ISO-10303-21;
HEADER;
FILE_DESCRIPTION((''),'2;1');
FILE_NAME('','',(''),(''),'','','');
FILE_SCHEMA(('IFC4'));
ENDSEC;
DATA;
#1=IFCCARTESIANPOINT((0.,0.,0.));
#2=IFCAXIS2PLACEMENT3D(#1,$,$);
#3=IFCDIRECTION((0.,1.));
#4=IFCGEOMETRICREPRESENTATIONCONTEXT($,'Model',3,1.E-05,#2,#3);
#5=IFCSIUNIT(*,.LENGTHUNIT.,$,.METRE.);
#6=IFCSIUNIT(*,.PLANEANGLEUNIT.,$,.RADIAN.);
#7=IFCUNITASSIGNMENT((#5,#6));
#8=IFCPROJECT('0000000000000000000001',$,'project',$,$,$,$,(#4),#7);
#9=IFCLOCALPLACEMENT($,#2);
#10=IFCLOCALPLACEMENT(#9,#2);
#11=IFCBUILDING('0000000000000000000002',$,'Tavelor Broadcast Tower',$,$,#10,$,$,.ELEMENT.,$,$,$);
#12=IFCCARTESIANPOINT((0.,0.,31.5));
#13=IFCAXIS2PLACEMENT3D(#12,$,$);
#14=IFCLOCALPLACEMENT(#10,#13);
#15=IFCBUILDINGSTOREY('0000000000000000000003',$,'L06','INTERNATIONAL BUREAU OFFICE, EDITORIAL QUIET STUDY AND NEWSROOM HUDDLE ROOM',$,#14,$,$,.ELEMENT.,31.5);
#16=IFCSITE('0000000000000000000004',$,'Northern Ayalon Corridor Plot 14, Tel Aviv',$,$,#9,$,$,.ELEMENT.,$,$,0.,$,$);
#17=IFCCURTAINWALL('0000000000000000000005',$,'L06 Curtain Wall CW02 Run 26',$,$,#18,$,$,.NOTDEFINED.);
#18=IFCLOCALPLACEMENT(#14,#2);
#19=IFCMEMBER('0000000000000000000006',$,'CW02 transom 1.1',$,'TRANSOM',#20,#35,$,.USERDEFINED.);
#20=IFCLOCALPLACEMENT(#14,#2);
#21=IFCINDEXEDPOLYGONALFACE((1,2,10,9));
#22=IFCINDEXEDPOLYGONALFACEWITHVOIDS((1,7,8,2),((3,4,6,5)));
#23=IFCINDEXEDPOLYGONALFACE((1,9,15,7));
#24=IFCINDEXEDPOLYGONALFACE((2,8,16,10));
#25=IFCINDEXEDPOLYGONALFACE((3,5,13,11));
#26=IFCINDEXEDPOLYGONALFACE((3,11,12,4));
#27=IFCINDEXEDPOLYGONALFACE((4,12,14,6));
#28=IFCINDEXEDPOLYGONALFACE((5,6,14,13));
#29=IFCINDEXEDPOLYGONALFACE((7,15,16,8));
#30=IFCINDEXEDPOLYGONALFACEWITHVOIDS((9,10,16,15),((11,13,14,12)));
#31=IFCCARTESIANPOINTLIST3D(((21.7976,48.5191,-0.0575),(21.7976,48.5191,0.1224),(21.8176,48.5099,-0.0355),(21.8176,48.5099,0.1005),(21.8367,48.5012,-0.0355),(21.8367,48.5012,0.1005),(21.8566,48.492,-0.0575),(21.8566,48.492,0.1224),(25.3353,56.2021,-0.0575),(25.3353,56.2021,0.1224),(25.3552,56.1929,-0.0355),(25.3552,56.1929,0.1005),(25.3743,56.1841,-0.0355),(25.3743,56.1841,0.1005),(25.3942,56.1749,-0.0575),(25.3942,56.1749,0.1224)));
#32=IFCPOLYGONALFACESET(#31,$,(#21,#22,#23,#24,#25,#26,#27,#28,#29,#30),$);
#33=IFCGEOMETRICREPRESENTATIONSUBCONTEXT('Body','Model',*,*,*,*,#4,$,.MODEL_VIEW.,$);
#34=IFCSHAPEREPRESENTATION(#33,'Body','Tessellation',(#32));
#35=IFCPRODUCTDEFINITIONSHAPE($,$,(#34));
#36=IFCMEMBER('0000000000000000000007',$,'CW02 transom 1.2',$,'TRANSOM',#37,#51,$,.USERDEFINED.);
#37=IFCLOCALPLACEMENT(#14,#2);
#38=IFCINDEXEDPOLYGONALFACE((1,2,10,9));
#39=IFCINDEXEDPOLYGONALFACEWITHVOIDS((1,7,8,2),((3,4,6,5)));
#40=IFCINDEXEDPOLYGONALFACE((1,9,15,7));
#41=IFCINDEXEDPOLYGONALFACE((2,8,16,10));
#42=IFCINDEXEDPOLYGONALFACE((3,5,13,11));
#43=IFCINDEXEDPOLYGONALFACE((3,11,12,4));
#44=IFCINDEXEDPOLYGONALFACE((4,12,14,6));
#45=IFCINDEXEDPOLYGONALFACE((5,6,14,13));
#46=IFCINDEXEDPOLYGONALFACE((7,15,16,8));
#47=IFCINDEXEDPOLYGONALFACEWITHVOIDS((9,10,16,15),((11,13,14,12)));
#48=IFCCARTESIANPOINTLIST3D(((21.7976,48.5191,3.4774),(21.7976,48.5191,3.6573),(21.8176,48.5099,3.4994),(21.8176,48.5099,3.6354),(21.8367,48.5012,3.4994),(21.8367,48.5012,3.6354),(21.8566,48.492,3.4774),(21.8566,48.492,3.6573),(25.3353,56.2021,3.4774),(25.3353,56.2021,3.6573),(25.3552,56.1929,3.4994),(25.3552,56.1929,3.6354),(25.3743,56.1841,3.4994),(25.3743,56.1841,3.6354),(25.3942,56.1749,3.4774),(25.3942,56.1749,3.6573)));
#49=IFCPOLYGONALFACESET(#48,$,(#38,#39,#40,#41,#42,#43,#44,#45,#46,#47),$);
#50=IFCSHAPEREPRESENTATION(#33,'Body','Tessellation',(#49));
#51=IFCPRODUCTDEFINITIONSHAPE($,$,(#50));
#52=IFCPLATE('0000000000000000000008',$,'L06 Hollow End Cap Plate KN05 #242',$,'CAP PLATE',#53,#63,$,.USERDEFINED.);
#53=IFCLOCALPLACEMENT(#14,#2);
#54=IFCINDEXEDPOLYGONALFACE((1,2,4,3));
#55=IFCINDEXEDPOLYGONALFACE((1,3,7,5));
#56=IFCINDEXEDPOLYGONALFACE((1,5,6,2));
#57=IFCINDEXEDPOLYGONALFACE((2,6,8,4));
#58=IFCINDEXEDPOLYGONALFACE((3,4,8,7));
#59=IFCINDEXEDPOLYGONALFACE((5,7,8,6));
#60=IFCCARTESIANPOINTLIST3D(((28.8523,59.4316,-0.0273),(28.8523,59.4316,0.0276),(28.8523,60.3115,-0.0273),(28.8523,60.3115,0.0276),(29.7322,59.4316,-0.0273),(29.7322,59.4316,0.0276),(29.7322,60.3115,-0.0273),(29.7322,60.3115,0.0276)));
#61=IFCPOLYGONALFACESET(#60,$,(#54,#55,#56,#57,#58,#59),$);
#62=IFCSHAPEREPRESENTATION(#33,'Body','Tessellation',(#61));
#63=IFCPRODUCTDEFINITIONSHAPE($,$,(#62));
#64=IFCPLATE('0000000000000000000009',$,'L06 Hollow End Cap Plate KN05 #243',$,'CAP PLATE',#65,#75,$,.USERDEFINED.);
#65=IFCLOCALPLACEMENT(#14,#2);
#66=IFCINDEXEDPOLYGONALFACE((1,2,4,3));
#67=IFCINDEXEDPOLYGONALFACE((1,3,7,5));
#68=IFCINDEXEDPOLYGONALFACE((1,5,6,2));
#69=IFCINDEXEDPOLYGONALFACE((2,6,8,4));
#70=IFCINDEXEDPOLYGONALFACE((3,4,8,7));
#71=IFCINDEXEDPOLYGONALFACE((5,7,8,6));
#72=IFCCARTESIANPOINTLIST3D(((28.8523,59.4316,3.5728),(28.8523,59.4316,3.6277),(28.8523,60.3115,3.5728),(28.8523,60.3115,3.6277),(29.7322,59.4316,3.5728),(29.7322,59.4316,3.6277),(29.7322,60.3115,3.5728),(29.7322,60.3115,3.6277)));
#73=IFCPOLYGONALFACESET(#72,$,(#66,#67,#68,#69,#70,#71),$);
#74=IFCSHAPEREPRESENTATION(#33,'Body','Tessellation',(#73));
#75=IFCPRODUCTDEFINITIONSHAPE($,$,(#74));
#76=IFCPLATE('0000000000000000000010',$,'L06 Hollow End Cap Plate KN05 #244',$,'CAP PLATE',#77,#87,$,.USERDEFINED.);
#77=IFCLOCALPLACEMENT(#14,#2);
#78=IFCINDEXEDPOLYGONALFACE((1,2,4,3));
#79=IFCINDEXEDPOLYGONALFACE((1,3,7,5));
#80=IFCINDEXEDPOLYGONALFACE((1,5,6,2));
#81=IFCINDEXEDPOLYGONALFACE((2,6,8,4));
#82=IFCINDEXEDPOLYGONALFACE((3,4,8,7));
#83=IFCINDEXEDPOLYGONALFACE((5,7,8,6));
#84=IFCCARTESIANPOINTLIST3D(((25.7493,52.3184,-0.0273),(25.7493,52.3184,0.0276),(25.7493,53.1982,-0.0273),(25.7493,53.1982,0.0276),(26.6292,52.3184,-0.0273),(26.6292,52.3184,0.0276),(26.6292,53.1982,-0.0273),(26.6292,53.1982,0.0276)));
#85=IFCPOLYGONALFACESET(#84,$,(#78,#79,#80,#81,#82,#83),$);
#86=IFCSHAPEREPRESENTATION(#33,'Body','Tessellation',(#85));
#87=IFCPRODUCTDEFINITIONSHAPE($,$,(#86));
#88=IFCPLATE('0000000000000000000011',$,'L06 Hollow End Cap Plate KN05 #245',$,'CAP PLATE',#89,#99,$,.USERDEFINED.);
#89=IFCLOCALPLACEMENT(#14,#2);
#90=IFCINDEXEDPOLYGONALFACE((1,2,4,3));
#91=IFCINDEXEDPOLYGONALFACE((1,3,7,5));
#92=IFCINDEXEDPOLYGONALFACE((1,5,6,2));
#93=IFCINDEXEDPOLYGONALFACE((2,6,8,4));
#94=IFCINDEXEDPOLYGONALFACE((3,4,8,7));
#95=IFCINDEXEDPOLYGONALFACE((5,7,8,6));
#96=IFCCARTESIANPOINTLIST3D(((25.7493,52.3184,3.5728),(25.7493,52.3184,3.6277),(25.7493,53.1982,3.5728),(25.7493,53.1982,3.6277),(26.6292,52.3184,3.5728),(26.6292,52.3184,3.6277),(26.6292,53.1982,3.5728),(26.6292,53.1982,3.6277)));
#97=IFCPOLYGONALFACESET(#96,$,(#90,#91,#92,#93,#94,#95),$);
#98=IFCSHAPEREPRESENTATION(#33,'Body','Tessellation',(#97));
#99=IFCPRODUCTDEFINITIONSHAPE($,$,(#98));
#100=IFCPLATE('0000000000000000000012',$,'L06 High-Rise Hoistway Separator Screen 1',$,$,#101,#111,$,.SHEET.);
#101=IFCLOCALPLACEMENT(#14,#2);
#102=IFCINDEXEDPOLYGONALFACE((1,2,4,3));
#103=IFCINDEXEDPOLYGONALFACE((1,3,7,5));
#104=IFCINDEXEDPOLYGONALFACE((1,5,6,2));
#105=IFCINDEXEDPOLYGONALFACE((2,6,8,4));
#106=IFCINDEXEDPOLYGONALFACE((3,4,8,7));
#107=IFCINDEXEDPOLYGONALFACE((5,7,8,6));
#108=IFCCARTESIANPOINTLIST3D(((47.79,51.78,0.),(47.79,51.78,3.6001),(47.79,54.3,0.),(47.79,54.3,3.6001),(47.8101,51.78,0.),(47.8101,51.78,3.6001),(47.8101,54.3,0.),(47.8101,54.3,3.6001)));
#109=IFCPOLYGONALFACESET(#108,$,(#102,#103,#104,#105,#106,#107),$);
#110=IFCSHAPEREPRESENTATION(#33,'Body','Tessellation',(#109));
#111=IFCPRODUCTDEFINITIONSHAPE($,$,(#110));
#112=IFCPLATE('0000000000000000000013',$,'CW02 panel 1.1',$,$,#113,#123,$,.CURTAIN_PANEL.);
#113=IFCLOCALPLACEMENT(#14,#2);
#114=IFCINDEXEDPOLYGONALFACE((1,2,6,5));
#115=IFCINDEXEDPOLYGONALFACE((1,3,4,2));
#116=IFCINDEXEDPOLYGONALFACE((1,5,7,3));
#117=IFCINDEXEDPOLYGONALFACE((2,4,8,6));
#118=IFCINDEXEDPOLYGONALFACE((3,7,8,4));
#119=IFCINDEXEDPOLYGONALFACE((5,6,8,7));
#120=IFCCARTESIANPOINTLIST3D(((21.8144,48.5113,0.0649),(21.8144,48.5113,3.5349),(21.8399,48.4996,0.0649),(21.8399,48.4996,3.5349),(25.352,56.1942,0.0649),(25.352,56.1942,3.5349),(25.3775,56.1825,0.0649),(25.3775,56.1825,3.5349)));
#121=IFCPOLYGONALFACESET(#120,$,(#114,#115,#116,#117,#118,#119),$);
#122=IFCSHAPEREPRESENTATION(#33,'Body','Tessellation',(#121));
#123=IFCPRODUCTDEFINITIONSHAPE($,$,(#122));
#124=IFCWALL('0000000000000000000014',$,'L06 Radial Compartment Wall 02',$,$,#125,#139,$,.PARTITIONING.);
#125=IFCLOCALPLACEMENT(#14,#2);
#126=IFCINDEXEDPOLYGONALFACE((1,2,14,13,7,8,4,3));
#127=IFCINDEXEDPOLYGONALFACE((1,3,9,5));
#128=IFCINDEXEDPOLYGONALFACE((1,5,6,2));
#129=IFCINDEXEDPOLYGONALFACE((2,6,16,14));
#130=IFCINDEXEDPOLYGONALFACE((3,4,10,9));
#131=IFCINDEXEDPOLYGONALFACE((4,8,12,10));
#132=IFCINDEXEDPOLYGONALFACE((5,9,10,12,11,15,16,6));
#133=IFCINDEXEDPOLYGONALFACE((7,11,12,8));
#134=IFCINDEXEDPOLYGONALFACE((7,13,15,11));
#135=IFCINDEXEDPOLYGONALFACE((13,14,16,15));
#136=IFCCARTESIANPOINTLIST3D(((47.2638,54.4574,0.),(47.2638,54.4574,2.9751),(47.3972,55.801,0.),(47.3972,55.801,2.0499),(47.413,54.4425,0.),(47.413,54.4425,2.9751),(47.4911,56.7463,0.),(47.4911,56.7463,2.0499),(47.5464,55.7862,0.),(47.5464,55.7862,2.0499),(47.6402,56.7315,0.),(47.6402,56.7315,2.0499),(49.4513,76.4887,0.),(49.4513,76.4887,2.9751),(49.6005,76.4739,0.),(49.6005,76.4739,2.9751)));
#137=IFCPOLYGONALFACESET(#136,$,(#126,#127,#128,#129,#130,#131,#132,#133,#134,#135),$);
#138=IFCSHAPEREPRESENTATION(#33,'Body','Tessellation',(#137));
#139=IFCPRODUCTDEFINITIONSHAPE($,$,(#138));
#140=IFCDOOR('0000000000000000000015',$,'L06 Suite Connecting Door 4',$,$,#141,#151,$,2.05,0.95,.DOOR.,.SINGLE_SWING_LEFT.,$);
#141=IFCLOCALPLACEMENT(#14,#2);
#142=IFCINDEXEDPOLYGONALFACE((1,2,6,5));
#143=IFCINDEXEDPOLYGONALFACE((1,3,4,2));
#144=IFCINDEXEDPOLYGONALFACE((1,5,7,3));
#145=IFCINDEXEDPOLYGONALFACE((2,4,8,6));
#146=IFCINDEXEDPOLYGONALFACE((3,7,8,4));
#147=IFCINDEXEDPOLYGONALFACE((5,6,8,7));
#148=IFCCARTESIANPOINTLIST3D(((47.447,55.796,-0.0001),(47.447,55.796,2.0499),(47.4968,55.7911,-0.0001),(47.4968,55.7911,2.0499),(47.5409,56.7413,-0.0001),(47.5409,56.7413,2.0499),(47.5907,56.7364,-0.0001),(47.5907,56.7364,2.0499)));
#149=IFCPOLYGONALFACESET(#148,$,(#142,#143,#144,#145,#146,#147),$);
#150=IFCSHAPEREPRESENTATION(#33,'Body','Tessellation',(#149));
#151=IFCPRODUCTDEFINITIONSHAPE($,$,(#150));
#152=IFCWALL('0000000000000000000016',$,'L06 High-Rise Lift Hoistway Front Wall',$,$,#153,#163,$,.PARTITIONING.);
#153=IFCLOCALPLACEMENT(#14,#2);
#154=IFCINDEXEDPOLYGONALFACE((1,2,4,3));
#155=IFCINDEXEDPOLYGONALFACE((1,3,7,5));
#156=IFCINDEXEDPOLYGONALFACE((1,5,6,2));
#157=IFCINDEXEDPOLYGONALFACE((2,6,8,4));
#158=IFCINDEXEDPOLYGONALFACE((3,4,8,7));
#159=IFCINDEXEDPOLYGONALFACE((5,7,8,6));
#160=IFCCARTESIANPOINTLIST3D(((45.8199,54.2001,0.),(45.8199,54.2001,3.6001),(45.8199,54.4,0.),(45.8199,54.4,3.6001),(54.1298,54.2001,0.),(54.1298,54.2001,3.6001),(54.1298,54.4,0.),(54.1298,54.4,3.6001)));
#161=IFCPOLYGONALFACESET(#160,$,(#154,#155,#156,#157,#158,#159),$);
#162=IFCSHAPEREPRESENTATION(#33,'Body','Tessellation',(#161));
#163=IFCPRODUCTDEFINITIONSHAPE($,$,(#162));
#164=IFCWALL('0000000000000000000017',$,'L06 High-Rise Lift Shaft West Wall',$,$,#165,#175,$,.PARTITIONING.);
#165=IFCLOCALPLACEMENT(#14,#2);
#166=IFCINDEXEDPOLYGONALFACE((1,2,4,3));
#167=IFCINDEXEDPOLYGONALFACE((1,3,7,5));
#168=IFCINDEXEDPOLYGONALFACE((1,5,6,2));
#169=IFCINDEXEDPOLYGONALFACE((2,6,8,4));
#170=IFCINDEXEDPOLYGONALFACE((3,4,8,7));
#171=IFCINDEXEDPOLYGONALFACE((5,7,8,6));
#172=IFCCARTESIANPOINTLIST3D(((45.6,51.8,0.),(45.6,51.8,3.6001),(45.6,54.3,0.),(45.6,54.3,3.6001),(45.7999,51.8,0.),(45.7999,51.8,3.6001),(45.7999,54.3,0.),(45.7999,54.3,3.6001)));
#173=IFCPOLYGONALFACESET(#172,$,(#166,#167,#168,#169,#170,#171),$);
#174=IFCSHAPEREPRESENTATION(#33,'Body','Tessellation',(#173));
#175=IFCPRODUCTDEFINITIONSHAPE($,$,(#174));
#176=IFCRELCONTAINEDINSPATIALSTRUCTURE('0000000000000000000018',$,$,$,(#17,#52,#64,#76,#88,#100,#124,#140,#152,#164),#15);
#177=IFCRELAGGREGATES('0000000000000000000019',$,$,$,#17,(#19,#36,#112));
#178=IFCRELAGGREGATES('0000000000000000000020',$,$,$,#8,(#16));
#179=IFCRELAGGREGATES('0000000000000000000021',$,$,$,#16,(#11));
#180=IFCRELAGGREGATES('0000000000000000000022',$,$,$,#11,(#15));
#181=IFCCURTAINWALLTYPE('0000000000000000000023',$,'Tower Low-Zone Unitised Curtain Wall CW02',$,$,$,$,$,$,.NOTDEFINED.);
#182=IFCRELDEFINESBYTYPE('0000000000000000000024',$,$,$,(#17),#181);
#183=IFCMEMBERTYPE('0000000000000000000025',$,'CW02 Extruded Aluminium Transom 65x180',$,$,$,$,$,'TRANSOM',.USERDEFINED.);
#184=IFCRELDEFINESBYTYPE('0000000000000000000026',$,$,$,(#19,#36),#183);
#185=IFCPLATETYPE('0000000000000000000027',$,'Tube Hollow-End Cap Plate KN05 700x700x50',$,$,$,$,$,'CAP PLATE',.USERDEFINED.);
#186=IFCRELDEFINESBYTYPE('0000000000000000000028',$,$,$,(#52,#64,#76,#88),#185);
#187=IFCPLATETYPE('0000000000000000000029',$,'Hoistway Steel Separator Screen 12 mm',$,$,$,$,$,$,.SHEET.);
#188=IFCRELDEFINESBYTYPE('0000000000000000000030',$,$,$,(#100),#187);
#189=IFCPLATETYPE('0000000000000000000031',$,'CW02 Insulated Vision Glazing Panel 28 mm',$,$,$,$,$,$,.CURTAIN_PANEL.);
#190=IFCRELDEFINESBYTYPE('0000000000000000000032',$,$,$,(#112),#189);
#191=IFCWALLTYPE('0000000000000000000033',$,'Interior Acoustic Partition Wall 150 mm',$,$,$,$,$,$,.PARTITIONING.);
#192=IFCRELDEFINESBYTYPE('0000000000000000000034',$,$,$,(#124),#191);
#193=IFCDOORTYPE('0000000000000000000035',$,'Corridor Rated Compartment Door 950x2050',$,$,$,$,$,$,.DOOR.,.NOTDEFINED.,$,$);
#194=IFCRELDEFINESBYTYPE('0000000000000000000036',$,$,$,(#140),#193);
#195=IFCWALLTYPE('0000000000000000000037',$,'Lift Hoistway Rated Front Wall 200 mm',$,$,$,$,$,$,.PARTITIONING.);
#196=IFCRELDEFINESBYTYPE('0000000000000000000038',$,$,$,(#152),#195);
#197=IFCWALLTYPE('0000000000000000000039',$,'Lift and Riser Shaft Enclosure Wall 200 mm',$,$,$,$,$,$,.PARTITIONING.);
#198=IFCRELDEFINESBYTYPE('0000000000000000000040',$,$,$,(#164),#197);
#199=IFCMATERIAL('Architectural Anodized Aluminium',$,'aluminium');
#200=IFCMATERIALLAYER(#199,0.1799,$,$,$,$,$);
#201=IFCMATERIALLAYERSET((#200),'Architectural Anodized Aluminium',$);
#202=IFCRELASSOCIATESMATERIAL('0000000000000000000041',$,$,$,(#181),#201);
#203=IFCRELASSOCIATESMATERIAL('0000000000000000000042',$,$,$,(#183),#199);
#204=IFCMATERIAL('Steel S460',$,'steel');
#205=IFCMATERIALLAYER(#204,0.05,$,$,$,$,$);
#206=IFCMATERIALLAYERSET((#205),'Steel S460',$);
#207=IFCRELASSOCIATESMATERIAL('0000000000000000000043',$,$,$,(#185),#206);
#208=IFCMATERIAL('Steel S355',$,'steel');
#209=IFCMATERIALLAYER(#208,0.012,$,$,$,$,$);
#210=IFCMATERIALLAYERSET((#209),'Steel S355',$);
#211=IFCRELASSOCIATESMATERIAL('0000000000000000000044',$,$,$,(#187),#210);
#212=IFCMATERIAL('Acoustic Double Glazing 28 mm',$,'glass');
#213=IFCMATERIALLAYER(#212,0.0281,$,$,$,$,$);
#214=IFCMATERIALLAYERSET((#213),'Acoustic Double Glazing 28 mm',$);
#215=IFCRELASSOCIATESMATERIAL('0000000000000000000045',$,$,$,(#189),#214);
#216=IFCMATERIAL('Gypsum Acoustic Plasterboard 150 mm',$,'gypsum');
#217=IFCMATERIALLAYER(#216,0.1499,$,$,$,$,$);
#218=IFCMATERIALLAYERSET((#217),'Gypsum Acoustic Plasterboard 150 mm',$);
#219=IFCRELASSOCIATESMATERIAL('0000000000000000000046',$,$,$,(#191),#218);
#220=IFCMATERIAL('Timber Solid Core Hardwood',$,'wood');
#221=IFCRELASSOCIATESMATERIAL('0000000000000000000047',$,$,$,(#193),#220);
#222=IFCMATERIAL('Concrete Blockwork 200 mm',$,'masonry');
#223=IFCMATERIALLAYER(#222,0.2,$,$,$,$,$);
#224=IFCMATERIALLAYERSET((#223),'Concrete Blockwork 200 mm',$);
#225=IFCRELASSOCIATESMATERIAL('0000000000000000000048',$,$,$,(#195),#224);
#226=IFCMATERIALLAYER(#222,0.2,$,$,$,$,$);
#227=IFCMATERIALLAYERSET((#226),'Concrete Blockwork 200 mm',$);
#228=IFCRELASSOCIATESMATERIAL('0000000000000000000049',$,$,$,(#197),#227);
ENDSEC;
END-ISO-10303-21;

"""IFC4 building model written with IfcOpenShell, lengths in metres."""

from ifc_helpers import new_model, si_unit, direction, frame, frame_2d, origin, origin_2d, place, context, subcontext, project, spatial, rectangle, hollow_rectangle, extrude, source, transform, mapped, material, layer, layer_set, material_profile, profile_set, type_object, type_shapes, element, fill, aggregate, save


model = new_model("IFC4")

# Units and contexts
model_context = context("Model", 3, precision=1e-05, world=origin(), true_north=direction((0.0, 1.0)))
body_context = subcontext(model_context, "Body", "Model", "MODEL_VIEW")
ifc_project = project(units=[si_unit("LENGTHUNIT", "METRE"), si_unit("PLANEANGLEUNIT", "RADIAN")], contexts=[model_context])

# Site, building, storey
site_placement = place(None, origin())
site = spatial("IfcSite", under=ifc_project, at=site_placement, Name="Northern Ayalon Corridor Plot 14, Tel Aviv", CompositionType="ELEMENT", RefElevation=0.0)
building_placement = place(site_placement, origin())
building = spatial("IfcBuilding", under=site, at=building_placement, Name="Tavelor Broadcast Tower", CompositionType="ELEMENT")
storey_placement = place(building_placement, frame((0.0, 0.0, 31.5)))
storey = spatial("IfcBuildingStorey", under=building, at=storey_placement, Name="L06", Description="INTERNATIONAL BUREAU OFFICE, EDITORIAL QUIET STUDY AND NEWSROOM HUDDLE ROOM", CompositionType="ELEMENT", Elevation=31.5)

# Shared definitions
ifc_material_1 = material(Name="Steel S460", Category="steel")

# Shared definitions
ifc_material_2 = material(Name="Steel S355", Category="steel")

# Shared definitions
ifc_material_3 = material(Name="Architectural Anodized Aluminium", Category="aluminium")
ifc_layer_1 = layer(ifc_material_3, 0.1799)
ifc_layer_set_1 = layer_set([ifc_layer_1], Name="Architectural Anodized Aluminium")
curtain_wall_type = type_object("IfcCurtainWallType", Name="Tower Low-Zone Unitised Curtain Wall CW02", PredefinedType="NOTDEFINED", material=ifc_layer_set_1)

# Curtain wall, members
curtain_wall_1_placement = place(storey_placement, origin())
curtain_wall_1 = element("IfcCurtainWall", 1, at=curtain_wall_1_placement, inside=storey, type_object=curtain_wall_type, Name="L06 Curtain Wall CW02 Run 26", PredefinedType="NOTDEFINED")
ifc_material_profile_1 = material_profile(ifc_material_3, hollow_rectangle(XDim=0.0649, YDim=0.1799, WallThickness=0.022, at=origin_2d()), Name="RHS 65x180x22")
ifc_profile_set_1 = profile_set([ifc_material_profile_1], Name="Architectural Anodized Aluminium")
member_type_1 = type_object("IfcMemberType", Name="CW02 Extruded Aluminium Transom 65x180", ElementType="TRANSOM", PredefinedType="USERDEFINED", material=ifc_profile_set_1)
shared_shape_1 = source(origin(), body_context, "Body", "SweptSolid", [
    extrude(hollow_rectangle(XDim=0.0649, YDim=0.1799, WallThickness=0.022, at=origin_2d()), origin(), (0.0, 0.0, 1.0), 8.4583),
])
type_shapes(member_type_1, [shared_shape_1])
member_1_placement = place(storey_placement, frame((25.3647, 56.1885, 0.0325), z_axis=(-0.418245, -0.908334, 0.0), x_axis=(0.908334, -0.418245, 0.0)))
member_1 = element("IfcMember", 2, at=member_1_placement, type_object=member_type_1, Name="CW02 transom 1.1", ObjectType="TRANSOM", PredefinedType="USERDEFINED", context=body_context, shape_type="MappedRepresentation", body=[
    mapped(shared_shape_1, transform((0.0, 0.0, 0.0), scale=1.0)),
])
member_2_placement = place(storey_placement, frame((25.3647, 56.1885, 3.5674), z_axis=(-0.418245, -0.908334, 0.0), x_axis=(0.908334, -0.418245, 0.0)))
member_2 = element("IfcMember", 3, at=member_2_placement, type_object=member_type_1, Name="CW02 transom 1.2", ObjectType="TRANSOM", PredefinedType="USERDEFINED", context=body_context, shape_type="MappedRepresentation", body=[
    mapped(shared_shape_1, transform((0.0, 0.0, 0.0), scale=1.0)),
])

# Plates
ifc_layer_2 = layer(ifc_material_1, 0.05)
ifc_layer_set_2 = layer_set([ifc_layer_2], Name="Steel S460")
plate_type_1 = type_object("IfcPlateType", Name="Tube Hollow-End Cap Plate KN05 700x700x50", ElementType="CAP PLATE", PredefinedType="USERDEFINED", material=ifc_layer_set_2)
shared_shape_2 = source(origin(), body_context, "Body", "SweptSolid", [
    extrude(rectangle(XDim=0.8799, YDim=0.8799, at=origin_2d()), origin(), (0.0, 0.0, 1.0), 0.0549),
])
type_shapes(plate_type_1, [shared_shape_2])
for number, where, z_axis, x_axis, name in (
    (4, (29.2922, 59.8716, -0.0273), (0.0, 0.0, 1.0), (1.0, 0.0, 0.0), "L06 Hollow End Cap Plate KN05 #242"),
    (5, (29.2922, 59.8716, 3.5728), (0.0, 0.0, 1.0), (1.0, 0.0, 0.0), "L06 Hollow End Cap Plate KN05 #243"),
    (6, (26.1892, 52.7583, -0.0273), (0.0, 0.0, 1.0), (1.0, 0.0, 0.0), "L06 Hollow End Cap Plate KN05 #244"),
    (7, (26.1892, 52.7583, 3.5728), (0.0, 0.0, 1.0), (1.0, 0.0, 0.0), "L06 Hollow End Cap Plate KN05 #245"),
):
    element("IfcPlate", number, at=place(storey_placement, frame(where, z_axis=z_axis, x_axis=x_axis)), inside=storey, type_object=plate_type_1, Name=name, ObjectType="CAP PLATE", PredefinedType="USERDEFINED", context=body_context, shape_type="MappedRepresentation", body=[
        mapped(shared_shape_2, transform((0.0, 0.0, 0.0), scale=1.0)),
    ])
ifc_layer_3 = layer(ifc_material_2, 0.012)
ifc_layer_set_3 = layer_set([ifc_layer_3], Name="Steel S355")
plate_type_2 = type_object("IfcPlateType", Name="Hoistway Steel Separator Screen 12 mm", PredefinedType="SHEET", material=ifc_layer_set_3)
shared_shape_3 = source(origin(), body_context, "Body", "SweptSolid", [
    extrude(rectangle(XDim=0.02, YDim=2.52, at=origin_2d()), origin(), (0.0, 0.0, 1.0), 3.6001),
])
type_shapes(plate_type_2, [shared_shape_3])
plate_1_placement = place(storey_placement, frame((47.8, 53.04, 0.0), z_axis=(0.0, 0.0, 1.0), x_axis=(1.0, 0.0, 0.0)))
element("IfcPlate", 8, at=plate_1_placement, inside=storey, type_object=plate_type_2, Name="L06 High-Rise Hoistway Separator Screen 1", PredefinedType="SHEET", context=body_context, shape_type="MappedRepresentation", body=[
    mapped(shared_shape_3, transform((0.0, 0.0, 0.0), scale=1.0)),
])

# Plate
ifc_material_4 = material(Name="Acoustic Double Glazing 28 mm", Category="glass")
ifc_layer_4 = layer(ifc_material_4, 0.0281)
ifc_layer_set_4 = layer_set([ifc_layer_4], Name="Acoustic Double Glazing 28 mm")
plate_type_3 = type_object("IfcPlateType", Name="CW02 Insulated Vision Glazing Panel 28 mm", PredefinedType="CURTAIN_PANEL", material=ifc_layer_set_4)
shared_shape_4 = source(origin(), body_context, "Body", "SweptSolid", [
    extrude(rectangle(XDim=8.4583, YDim=0.0281, at=origin_2d()), origin(), (0.0, 0.0, 1.0), 3.47),
])
type_shapes(plate_type_3, [shared_shape_4])
plate_2_placement = place(storey_placement, frame((23.5959, 52.3469, 0.0649), z_axis=(0.0, 0.0, 1.0), x_axis=(-0.41825, -0.908332, 0.0)))
plate_2 = element("IfcPlate", 9, at=plate_2_placement, type_object=plate_type_3, Name="CW02 panel 1.1", PredefinedType="CURTAIN_PANEL", context=body_context, shape_type="MappedRepresentation", body=[
    mapped(shared_shape_4, transform((0.0, 0.0, 0.0), scale=1.0)),
])
aggregate(curtain_wall_1, [member_1, member_2, plate_2])

# Wall, opening, door
ifc_material_5 = material(Name="Gypsum Acoustic Plasterboard 150 mm", Category="gypsum")
ifc_layer_5 = layer(ifc_material_5, 0.1499)
ifc_layer_set_5 = layer_set([ifc_layer_5], Name="Gypsum Acoustic Plasterboard 150 mm")
wall_type_1 = type_object("IfcWallType", Name="Interior Acoustic Partition Wall 150 mm", PredefinedType="PARTITIONING", material=ifc_layer_set_5)
wall_1_placement = place(storey_placement, frame((47.3384, 54.45, 0.0), z_axis=(0.0, 0.0, 1.0), x_axis=(0.098805, 0.995107, 0.0)))
wall_1 = element("IfcWall", 10, at=wall_1_placement, inside=storey, type_object=wall_type_1, Name="L06 Radial Compartment Wall 02", PredefinedType="PARTITIONING", context=body_context, shape_type="SweptSolid", body=[
    extrude(rectangle(XDim=22.1396, YDim=0.1499, at=frame_2d((11.0698, 0.0))), origin(), (0.0, 0.0, 1.0), 2.9751),
])
opening_placement = place(wall_1_placement, frame((1.3501, 0.0, 0.0)))
opening = element("IfcOpeningElement", 11, at=opening_placement, cuts=wall_1, PredefinedType="OPENING", context=body_context, shape_type="SweptSolid", body=[
    extrude(rectangle(XDim=0.95, YDim=2.05, at=frame_2d((0.4751, 1.0249))), frame((0.0, 0.085, 0.0), z_axis=(0.0, -1.0, 0.0), x_axis=(1.0, 0.0, 0.0)), (0.0, 0.0, 1.0), 0.1699),
])
ifc_material_6 = material(Name="Timber Solid Core Hardwood", Category="wood")
door_type = type_object("IfcDoorType", Name="Corridor Rated Compartment Door 950x2050", OperationType="NOTDEFINED", PredefinedType="DOOR", material=ifc_material_6)
door_placement = place(opening_placement, origin())
door = element("IfcDoor", 12, at=door_placement, inside=storey, type_object=door_type, Name="L06 Suite Connecting Door 4", OperationType="SINGLE_SWING_LEFT", OverallHeight=2.05, OverallWidth=0.95, PredefinedType="DOOR", context=body_context, shape_type="SweptSolid", body=[
    extrude(rectangle(XDim=0.95, YDim=2.05, at=frame_2d((0.4751, 1.0249))), frame((0.0, 0.0249, 0.0), z_axis=(0.0, -1.0, 0.0), x_axis=(1.0, 0.0, 0.0)), (0.0, 0.0, 1.0), 0.05),
])
fill(opening, door)

# Walls
ifc_material_7 = material(Name="Concrete Blockwork 200 mm", Category="masonry")
ifc_layer_6 = layer(ifc_material_7, 0.2)
ifc_layer_set_6 = layer_set([ifc_layer_6], Name="Concrete Blockwork 200 mm")
wall_type_2 = type_object("IfcWallType", Name="Lift Hoistway Rated Front Wall 200 mm", PredefinedType="PARTITIONING", material=ifc_layer_set_6)
wall_2_placement = place(storey_placement, frame((45.8201, 54.3, 0.0), z_axis=(0.0, 0.0, 1.0), x_axis=(1.0, 0.0, 0.0)))
element("IfcWall", 13, at=wall_2_placement, inside=storey, type_object=wall_type_2, Name="L06 High-Rise Lift Hoistway Front Wall", PredefinedType="PARTITIONING", context=body_context, shape_type="SweptSolid", body=[
    extrude(rectangle(XDim=8.3098, YDim=0.2, at=frame_2d((4.1548, 0.0))), origin(), (0.0, 0.0, 1.0), 3.6001),
])
ifc_layer_7 = layer(ifc_material_7, 0.2)
ifc_layer_set_7 = layer_set([ifc_layer_7], Name="Concrete Blockwork 200 mm")
wall_type_3 = type_object("IfcWallType", Name="Lift and Riser Shaft Enclosure Wall 200 mm", PredefinedType="PARTITIONING", material=ifc_layer_set_7)
wall_3_placement = place(storey_placement, frame((45.7, 51.8, 0.0), z_axis=(0.0, 0.0, 1.0), x_axis=(0.0, 1.0, 0.0)))
element("IfcWall", 14, at=wall_3_placement, inside=storey, type_object=wall_type_3, Name="L06 High-Rise Lift Shaft West Wall", PredefinedType="PARTITIONING", context=body_context, shape_type="SweptSolid", body=[
    extrude(rectangle(XDim=2.5, YDim=0.2, at=frame_2d((1.25, 0.0))), origin(), (0.0, 0.0, 1.0), 3.6001),
])

save(model, "model.ifc")
